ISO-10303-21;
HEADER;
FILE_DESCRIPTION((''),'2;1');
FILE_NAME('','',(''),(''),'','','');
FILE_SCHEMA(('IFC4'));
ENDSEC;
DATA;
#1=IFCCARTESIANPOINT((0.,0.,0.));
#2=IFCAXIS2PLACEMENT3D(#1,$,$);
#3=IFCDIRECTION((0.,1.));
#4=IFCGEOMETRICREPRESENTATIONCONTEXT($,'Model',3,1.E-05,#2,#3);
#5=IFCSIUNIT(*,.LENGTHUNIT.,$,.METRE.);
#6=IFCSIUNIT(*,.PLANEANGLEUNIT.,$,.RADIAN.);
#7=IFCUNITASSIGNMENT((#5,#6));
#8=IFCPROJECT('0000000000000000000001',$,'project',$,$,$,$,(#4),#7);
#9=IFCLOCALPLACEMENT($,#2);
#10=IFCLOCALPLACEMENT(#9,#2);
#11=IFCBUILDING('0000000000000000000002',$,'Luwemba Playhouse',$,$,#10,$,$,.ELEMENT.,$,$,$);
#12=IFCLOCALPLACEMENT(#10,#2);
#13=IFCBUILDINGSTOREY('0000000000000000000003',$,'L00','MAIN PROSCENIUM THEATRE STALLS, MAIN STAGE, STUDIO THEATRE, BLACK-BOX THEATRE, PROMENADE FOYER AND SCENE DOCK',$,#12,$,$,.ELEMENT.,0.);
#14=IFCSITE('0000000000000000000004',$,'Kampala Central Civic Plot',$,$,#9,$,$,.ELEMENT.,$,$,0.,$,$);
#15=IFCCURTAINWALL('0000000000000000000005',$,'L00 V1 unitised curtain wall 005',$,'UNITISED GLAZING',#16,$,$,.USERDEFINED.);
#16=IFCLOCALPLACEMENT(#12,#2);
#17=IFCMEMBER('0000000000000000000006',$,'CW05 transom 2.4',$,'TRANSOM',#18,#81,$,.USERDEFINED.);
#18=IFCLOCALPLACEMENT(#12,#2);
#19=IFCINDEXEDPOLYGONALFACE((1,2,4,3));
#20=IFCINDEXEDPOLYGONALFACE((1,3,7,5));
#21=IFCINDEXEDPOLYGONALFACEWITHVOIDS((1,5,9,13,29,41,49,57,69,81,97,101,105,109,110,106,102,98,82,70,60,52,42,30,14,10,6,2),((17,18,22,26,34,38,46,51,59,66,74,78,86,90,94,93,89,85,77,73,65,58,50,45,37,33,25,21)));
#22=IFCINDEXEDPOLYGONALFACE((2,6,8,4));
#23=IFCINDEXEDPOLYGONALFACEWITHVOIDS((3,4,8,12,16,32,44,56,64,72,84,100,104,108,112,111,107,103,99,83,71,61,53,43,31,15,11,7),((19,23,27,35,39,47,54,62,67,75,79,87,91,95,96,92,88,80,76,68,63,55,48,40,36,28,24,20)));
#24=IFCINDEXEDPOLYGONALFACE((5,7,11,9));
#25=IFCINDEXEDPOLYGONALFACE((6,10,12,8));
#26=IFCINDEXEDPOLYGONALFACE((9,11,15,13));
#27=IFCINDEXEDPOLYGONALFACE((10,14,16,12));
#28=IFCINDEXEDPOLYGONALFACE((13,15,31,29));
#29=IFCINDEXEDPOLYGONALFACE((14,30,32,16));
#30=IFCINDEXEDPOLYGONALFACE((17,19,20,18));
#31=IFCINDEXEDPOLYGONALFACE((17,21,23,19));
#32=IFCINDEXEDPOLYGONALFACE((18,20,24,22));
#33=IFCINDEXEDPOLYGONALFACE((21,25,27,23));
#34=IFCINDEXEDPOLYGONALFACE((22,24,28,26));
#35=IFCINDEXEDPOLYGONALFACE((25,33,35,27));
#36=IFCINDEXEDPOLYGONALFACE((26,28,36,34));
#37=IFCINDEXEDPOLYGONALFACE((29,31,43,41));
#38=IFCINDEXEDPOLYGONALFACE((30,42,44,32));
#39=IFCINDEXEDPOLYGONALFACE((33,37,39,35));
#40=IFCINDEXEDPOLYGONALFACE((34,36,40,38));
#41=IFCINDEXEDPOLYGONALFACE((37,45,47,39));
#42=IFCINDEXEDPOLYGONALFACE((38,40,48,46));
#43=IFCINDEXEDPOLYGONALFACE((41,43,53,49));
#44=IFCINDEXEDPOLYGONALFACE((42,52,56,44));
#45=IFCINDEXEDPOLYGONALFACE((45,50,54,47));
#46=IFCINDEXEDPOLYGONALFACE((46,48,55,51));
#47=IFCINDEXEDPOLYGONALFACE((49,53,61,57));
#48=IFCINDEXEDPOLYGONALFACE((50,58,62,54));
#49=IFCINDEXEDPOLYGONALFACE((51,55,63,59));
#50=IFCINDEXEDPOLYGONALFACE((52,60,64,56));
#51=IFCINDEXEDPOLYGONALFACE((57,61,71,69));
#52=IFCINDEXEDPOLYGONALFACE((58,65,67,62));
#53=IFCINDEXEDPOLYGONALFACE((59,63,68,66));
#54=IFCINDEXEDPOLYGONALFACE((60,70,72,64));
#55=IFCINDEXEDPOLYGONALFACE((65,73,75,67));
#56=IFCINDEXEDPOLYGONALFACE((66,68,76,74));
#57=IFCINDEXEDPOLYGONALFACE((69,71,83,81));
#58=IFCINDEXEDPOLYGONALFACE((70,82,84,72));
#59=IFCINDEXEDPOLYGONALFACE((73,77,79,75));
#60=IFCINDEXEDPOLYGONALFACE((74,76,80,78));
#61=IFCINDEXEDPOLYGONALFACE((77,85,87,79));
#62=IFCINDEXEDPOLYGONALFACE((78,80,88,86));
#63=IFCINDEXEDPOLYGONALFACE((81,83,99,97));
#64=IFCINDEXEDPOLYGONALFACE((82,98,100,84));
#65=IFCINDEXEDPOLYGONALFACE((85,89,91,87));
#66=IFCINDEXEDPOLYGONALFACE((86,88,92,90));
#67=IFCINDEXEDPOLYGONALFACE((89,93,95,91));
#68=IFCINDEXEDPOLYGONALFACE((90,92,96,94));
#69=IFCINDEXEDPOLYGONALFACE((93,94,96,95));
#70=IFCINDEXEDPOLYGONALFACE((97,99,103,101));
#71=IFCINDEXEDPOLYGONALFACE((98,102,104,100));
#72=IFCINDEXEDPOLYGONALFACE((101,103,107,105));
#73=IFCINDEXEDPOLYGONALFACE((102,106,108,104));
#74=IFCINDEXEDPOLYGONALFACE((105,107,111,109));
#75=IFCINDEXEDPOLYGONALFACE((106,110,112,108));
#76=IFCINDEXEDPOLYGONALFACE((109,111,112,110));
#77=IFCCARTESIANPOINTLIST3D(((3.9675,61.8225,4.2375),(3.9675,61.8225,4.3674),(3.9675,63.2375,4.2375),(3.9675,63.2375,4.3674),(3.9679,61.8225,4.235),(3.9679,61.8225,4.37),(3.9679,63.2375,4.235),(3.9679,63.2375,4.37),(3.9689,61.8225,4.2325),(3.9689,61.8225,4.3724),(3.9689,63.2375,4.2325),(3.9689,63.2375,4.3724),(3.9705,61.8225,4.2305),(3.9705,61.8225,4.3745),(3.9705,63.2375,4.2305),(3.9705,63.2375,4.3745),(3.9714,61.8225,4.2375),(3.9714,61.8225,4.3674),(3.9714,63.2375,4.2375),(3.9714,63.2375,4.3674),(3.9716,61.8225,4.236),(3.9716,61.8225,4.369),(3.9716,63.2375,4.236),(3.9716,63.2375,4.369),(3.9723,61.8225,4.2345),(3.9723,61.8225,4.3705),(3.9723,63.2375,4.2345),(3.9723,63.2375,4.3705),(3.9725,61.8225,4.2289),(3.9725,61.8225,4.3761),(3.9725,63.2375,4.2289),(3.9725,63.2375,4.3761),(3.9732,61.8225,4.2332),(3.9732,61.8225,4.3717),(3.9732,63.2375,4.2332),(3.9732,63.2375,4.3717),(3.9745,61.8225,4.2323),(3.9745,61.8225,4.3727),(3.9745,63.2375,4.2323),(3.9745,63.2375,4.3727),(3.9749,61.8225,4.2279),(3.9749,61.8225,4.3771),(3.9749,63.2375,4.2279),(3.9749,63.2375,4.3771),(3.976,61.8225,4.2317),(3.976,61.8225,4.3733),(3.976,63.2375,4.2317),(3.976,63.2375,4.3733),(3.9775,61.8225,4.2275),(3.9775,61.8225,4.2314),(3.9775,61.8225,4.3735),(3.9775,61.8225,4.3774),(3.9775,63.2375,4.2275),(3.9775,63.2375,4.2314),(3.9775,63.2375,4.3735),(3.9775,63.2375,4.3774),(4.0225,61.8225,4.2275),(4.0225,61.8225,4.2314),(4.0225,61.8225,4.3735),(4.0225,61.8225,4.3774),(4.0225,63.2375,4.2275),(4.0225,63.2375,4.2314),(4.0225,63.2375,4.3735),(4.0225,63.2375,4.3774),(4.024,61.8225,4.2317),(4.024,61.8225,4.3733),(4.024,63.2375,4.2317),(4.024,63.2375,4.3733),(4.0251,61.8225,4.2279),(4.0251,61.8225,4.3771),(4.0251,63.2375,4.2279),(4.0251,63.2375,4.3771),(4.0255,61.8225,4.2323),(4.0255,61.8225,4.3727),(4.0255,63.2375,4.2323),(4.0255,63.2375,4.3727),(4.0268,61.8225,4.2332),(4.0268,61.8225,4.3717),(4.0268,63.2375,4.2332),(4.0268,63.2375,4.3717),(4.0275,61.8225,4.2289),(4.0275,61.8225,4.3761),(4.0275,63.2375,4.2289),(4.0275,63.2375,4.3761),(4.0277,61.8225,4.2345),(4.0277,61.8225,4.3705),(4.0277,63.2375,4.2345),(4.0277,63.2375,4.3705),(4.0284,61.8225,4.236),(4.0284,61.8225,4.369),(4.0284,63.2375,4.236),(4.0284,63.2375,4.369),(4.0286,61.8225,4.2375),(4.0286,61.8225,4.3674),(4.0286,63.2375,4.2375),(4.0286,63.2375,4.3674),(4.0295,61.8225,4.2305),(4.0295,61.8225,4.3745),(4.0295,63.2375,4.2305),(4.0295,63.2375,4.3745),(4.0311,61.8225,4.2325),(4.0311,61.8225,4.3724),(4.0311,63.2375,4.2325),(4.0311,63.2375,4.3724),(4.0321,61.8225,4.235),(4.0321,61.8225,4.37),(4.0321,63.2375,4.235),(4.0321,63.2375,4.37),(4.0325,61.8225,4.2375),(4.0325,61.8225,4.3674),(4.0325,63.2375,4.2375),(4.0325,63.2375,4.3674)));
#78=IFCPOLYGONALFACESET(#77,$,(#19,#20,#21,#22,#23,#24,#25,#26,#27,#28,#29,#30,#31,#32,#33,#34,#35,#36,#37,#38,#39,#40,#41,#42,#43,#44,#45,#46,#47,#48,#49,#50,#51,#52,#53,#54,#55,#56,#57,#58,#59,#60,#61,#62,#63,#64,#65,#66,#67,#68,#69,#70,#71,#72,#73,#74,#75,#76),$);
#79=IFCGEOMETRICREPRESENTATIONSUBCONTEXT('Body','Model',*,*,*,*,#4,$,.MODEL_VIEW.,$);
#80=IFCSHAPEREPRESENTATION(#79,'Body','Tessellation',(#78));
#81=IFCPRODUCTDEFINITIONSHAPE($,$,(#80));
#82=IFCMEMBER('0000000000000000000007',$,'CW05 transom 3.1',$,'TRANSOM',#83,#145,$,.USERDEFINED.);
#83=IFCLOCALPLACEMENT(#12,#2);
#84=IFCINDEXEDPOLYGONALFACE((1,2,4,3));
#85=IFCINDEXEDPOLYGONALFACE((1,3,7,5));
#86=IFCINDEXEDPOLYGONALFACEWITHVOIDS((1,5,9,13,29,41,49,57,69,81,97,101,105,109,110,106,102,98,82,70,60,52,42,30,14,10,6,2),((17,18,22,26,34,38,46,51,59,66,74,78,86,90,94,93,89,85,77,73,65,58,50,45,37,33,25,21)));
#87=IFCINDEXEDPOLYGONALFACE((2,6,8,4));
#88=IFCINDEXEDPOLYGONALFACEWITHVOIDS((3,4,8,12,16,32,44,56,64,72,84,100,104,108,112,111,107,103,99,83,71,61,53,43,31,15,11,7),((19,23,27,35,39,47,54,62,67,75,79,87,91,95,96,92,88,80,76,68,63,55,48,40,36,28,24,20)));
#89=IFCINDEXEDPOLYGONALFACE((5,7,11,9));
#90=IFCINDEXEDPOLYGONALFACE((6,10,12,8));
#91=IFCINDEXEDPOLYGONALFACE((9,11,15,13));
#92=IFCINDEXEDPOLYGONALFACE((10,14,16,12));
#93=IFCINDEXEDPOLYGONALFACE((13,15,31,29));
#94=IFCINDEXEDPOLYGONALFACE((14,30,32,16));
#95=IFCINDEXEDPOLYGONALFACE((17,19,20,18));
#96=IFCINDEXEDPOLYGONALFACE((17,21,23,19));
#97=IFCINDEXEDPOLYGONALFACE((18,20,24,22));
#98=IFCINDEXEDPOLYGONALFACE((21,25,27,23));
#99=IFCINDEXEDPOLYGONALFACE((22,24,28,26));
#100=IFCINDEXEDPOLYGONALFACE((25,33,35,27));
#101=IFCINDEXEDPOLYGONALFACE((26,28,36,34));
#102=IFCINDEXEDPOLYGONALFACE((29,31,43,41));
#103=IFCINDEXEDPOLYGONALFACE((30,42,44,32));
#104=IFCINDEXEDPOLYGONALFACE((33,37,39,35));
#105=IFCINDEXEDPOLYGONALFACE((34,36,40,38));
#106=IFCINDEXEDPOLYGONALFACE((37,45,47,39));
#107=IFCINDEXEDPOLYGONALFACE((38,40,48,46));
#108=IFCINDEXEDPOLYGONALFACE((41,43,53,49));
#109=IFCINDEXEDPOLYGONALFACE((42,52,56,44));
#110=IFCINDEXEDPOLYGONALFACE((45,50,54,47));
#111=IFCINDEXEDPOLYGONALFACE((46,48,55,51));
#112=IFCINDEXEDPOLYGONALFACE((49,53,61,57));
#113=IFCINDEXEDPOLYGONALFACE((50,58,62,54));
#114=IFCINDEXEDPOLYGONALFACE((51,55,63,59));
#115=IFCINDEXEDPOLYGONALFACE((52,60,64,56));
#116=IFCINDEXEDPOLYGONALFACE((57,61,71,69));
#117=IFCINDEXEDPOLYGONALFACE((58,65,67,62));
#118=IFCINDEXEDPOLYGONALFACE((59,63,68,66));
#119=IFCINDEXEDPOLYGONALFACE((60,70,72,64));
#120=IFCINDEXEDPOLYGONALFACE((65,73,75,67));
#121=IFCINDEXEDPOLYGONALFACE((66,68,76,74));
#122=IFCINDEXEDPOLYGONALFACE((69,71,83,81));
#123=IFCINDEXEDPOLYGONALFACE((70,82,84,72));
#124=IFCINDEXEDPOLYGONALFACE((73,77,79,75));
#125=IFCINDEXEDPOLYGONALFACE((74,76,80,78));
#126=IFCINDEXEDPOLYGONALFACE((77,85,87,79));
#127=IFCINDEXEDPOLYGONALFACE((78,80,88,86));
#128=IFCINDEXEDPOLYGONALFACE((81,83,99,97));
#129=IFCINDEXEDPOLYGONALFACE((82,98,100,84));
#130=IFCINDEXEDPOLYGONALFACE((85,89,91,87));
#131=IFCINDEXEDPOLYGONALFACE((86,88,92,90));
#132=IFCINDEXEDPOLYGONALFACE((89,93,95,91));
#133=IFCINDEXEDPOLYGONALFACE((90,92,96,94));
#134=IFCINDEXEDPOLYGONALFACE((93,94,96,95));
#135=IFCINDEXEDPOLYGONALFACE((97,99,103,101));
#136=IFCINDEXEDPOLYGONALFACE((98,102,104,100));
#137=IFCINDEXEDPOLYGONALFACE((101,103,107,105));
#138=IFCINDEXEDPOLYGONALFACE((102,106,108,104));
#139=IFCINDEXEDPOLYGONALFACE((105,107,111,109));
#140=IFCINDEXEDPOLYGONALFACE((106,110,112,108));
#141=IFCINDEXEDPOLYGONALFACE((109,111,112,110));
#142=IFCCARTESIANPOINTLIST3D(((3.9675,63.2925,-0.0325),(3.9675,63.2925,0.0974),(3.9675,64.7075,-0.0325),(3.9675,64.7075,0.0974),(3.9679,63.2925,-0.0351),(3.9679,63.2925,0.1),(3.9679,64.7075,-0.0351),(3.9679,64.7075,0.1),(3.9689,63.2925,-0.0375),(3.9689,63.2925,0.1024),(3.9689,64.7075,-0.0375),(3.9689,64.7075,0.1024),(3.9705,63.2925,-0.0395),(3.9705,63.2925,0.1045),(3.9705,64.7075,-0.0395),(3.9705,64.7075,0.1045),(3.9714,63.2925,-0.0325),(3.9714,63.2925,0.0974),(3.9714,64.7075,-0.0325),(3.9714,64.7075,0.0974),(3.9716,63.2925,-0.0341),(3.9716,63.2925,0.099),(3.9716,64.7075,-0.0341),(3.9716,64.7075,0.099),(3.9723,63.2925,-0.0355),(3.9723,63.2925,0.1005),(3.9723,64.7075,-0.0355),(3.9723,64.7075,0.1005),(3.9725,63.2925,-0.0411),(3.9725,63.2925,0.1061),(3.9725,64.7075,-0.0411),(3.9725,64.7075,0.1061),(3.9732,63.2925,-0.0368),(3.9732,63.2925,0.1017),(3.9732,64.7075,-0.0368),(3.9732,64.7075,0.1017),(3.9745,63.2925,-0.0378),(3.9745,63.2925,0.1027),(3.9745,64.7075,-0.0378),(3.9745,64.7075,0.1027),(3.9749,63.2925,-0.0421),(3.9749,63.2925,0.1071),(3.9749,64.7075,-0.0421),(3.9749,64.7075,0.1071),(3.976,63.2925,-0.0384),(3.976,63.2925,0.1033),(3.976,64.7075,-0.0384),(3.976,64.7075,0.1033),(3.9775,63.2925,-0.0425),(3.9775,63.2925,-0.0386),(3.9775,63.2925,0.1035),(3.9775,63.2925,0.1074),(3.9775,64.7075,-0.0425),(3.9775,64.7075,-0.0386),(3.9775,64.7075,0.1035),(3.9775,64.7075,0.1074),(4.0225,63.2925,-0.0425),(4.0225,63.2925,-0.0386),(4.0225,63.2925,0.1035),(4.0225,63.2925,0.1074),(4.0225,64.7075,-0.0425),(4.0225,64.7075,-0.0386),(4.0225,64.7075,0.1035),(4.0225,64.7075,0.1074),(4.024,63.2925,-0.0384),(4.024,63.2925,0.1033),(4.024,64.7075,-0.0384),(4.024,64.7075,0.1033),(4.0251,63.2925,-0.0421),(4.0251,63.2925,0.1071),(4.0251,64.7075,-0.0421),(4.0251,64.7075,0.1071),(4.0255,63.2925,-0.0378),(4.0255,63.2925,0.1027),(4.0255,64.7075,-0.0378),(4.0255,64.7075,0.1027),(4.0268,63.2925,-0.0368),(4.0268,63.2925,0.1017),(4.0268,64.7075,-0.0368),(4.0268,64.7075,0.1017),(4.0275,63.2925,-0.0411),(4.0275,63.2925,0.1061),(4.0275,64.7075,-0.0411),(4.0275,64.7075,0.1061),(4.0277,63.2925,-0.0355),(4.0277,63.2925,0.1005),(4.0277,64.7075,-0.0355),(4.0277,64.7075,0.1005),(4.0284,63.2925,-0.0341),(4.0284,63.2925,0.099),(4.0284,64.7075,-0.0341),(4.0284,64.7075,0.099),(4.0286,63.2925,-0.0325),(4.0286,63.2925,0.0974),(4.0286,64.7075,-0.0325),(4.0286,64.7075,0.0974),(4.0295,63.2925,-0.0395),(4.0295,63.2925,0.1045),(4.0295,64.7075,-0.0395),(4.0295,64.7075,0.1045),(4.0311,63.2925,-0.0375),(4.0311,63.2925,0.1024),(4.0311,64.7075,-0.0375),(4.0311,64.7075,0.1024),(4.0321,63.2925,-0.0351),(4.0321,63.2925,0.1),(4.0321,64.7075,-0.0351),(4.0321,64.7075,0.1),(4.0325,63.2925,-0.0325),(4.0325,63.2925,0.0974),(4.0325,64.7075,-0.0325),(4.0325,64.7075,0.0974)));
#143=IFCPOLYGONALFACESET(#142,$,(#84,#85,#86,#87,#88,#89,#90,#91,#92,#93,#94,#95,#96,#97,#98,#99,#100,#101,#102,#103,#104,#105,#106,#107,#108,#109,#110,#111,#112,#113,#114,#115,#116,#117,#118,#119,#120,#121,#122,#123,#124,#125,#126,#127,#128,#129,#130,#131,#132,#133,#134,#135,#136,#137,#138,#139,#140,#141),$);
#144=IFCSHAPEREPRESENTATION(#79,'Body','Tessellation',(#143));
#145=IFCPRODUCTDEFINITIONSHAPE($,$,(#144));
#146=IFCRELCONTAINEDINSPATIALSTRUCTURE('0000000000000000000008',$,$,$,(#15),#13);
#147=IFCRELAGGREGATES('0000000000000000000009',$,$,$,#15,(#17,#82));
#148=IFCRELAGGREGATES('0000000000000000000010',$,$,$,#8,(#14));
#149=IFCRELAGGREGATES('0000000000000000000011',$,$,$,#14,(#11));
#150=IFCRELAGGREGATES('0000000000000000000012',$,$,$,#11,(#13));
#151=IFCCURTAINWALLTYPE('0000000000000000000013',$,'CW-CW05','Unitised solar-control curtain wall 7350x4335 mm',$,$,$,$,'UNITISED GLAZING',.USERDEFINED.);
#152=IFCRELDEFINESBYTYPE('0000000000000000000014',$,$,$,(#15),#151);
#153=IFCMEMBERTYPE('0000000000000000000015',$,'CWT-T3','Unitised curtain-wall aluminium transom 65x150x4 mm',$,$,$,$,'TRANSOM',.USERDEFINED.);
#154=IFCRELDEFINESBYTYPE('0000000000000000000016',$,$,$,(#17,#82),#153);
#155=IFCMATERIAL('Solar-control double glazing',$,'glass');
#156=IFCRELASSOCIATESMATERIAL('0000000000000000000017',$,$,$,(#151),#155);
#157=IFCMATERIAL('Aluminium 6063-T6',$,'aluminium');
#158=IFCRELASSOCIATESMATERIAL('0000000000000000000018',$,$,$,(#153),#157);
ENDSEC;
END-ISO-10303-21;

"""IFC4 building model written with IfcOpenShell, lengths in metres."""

from ifc_helpers import new_model, si_unit, direction, frame, origin, origin_2d, place, context, subcontext, project, spatial, hollow_rectangle, extrude, material, material_profile, profile_set, type_object, element, aggregate, save


model = new_model("IFC4")

# Units and contexts
model_context = context("Model", 3, precision=1e-05, world=origin(), true_north=direction((0.0, 1.0)))
body_context = subcontext(model_context, "Body", "Model", "MODEL_VIEW")
ifc_project = project(units=[si_unit("LENGTHUNIT", "METRE"), si_unit("PLANEANGLEUNIT", "RADIAN")], contexts=[model_context])

# Site, building, storey
site_placement = place(None, origin())
site = spatial("IfcSite", under=ifc_project, at=site_placement, Name="Kampala Central Civic Plot", CompositionType="ELEMENT", RefElevation=0.0)
building_placement = place(site_placement, origin())
building = spatial("IfcBuilding", under=site, at=building_placement, Name="Luwemba Playhouse", CompositionType="ELEMENT")
storey_placement = place(building_placement, origin())
storey = spatial("IfcBuildingStorey", under=building, at=storey_placement, Name="L00", Description="MAIN PROSCENIUM THEATRE STALLS, MAIN STAGE, STUDIO THEATRE, BLACK-BOX THEATRE, PROMENADE FOYER AND SCENE DOCK", CompositionType="ELEMENT", Elevation=0.0)

# Curtain wall, members
ifc_material_1 = material(Name="Solar-control double glazing", Category="glass")
curtain_wall_type = type_object("IfcCurtainWallType", Name="CW-CW05", Description="Unitised solar-control curtain wall 7350x4335 mm", ElementType="UNITISED GLAZING", PredefinedType="USERDEFINED", material=ifc_material_1)
curtain_wall_placement = place(storey_placement, origin())
curtain_wall = element("IfcCurtainWall", 1, at=curtain_wall_placement, inside=storey, type_object=curtain_wall_type, Name="L00 V1 unitised curtain wall 005", ObjectType="UNITISED GLAZING", PredefinedType="USERDEFINED")
ifc_material_2 = material(Name="Aluminium 6063-T6", Category="aluminium")
ifc_material_profile_1 = material_profile(ifc_material_2, hollow_rectangle(XDim=0.0649, YDim=0.1499, WallThickness=0.0039, InnerFilletRadius=0.0061, OuterFilletRadius=0.01, at=origin_2d()))
ifc_profile_set_1 = profile_set([ifc_material_profile_1], Name="Aluminium 6063-T6")
member_type_1 = type_object("IfcMemberType", Name="CWT-T3", Description="Unitised curtain-wall aluminium transom 65x150x4 mm", ElementType="TRANSOM", PredefinedType="USERDEFINED", material=ifc_profile_set_1)
member_1_placement = place(storey_placement, frame((4.0, 61.8225, 4.3025), z_axis=(0.0, 1.0, 0.0), x_axis=(-1.0, 0.0, 0.0)))
member_1 = element("IfcMember", 2, at=member_1_placement, type_object=member_type_1, Name="CW05 transom 2.4", ObjectType="TRANSOM", PredefinedType="USERDEFINED", context=body_context, shape_type="SweptSolid", body=[
    extrude(hollow_rectangle(XDim=0.0649, YDim=0.1499, WallThickness=0.0039, InnerFilletRadius=0.0061, OuterFilletRadius=0.01, at=origin_2d()), origin(), (0.0, 0.0, 1.0), 1.415),
])
member_2_placement = place(storey_placement, frame((4.0, 63.2925, 0.0325), z_axis=(0.0, 1.0, 0.0), x_axis=(-1.0, 0.0, 0.0)))
member_2 = element("IfcMember", 3, at=member_2_placement, type_object=member_type_1, Name="CW05 transom 3.1", ObjectType="TRANSOM", PredefinedType="USERDEFINED", context=body_context, shape_type="SweptSolid", body=[
    extrude(hollow_rectangle(XDim=0.0649, YDim=0.1499, WallThickness=0.0039, InnerFilletRadius=0.0061, OuterFilletRadius=0.01, at=origin_2d()), origin(), (0.0, 0.0, 1.0), 1.415),
])
aggregate(curtain_wall, [member_1, member_2])

save(model, "model.ifc")
